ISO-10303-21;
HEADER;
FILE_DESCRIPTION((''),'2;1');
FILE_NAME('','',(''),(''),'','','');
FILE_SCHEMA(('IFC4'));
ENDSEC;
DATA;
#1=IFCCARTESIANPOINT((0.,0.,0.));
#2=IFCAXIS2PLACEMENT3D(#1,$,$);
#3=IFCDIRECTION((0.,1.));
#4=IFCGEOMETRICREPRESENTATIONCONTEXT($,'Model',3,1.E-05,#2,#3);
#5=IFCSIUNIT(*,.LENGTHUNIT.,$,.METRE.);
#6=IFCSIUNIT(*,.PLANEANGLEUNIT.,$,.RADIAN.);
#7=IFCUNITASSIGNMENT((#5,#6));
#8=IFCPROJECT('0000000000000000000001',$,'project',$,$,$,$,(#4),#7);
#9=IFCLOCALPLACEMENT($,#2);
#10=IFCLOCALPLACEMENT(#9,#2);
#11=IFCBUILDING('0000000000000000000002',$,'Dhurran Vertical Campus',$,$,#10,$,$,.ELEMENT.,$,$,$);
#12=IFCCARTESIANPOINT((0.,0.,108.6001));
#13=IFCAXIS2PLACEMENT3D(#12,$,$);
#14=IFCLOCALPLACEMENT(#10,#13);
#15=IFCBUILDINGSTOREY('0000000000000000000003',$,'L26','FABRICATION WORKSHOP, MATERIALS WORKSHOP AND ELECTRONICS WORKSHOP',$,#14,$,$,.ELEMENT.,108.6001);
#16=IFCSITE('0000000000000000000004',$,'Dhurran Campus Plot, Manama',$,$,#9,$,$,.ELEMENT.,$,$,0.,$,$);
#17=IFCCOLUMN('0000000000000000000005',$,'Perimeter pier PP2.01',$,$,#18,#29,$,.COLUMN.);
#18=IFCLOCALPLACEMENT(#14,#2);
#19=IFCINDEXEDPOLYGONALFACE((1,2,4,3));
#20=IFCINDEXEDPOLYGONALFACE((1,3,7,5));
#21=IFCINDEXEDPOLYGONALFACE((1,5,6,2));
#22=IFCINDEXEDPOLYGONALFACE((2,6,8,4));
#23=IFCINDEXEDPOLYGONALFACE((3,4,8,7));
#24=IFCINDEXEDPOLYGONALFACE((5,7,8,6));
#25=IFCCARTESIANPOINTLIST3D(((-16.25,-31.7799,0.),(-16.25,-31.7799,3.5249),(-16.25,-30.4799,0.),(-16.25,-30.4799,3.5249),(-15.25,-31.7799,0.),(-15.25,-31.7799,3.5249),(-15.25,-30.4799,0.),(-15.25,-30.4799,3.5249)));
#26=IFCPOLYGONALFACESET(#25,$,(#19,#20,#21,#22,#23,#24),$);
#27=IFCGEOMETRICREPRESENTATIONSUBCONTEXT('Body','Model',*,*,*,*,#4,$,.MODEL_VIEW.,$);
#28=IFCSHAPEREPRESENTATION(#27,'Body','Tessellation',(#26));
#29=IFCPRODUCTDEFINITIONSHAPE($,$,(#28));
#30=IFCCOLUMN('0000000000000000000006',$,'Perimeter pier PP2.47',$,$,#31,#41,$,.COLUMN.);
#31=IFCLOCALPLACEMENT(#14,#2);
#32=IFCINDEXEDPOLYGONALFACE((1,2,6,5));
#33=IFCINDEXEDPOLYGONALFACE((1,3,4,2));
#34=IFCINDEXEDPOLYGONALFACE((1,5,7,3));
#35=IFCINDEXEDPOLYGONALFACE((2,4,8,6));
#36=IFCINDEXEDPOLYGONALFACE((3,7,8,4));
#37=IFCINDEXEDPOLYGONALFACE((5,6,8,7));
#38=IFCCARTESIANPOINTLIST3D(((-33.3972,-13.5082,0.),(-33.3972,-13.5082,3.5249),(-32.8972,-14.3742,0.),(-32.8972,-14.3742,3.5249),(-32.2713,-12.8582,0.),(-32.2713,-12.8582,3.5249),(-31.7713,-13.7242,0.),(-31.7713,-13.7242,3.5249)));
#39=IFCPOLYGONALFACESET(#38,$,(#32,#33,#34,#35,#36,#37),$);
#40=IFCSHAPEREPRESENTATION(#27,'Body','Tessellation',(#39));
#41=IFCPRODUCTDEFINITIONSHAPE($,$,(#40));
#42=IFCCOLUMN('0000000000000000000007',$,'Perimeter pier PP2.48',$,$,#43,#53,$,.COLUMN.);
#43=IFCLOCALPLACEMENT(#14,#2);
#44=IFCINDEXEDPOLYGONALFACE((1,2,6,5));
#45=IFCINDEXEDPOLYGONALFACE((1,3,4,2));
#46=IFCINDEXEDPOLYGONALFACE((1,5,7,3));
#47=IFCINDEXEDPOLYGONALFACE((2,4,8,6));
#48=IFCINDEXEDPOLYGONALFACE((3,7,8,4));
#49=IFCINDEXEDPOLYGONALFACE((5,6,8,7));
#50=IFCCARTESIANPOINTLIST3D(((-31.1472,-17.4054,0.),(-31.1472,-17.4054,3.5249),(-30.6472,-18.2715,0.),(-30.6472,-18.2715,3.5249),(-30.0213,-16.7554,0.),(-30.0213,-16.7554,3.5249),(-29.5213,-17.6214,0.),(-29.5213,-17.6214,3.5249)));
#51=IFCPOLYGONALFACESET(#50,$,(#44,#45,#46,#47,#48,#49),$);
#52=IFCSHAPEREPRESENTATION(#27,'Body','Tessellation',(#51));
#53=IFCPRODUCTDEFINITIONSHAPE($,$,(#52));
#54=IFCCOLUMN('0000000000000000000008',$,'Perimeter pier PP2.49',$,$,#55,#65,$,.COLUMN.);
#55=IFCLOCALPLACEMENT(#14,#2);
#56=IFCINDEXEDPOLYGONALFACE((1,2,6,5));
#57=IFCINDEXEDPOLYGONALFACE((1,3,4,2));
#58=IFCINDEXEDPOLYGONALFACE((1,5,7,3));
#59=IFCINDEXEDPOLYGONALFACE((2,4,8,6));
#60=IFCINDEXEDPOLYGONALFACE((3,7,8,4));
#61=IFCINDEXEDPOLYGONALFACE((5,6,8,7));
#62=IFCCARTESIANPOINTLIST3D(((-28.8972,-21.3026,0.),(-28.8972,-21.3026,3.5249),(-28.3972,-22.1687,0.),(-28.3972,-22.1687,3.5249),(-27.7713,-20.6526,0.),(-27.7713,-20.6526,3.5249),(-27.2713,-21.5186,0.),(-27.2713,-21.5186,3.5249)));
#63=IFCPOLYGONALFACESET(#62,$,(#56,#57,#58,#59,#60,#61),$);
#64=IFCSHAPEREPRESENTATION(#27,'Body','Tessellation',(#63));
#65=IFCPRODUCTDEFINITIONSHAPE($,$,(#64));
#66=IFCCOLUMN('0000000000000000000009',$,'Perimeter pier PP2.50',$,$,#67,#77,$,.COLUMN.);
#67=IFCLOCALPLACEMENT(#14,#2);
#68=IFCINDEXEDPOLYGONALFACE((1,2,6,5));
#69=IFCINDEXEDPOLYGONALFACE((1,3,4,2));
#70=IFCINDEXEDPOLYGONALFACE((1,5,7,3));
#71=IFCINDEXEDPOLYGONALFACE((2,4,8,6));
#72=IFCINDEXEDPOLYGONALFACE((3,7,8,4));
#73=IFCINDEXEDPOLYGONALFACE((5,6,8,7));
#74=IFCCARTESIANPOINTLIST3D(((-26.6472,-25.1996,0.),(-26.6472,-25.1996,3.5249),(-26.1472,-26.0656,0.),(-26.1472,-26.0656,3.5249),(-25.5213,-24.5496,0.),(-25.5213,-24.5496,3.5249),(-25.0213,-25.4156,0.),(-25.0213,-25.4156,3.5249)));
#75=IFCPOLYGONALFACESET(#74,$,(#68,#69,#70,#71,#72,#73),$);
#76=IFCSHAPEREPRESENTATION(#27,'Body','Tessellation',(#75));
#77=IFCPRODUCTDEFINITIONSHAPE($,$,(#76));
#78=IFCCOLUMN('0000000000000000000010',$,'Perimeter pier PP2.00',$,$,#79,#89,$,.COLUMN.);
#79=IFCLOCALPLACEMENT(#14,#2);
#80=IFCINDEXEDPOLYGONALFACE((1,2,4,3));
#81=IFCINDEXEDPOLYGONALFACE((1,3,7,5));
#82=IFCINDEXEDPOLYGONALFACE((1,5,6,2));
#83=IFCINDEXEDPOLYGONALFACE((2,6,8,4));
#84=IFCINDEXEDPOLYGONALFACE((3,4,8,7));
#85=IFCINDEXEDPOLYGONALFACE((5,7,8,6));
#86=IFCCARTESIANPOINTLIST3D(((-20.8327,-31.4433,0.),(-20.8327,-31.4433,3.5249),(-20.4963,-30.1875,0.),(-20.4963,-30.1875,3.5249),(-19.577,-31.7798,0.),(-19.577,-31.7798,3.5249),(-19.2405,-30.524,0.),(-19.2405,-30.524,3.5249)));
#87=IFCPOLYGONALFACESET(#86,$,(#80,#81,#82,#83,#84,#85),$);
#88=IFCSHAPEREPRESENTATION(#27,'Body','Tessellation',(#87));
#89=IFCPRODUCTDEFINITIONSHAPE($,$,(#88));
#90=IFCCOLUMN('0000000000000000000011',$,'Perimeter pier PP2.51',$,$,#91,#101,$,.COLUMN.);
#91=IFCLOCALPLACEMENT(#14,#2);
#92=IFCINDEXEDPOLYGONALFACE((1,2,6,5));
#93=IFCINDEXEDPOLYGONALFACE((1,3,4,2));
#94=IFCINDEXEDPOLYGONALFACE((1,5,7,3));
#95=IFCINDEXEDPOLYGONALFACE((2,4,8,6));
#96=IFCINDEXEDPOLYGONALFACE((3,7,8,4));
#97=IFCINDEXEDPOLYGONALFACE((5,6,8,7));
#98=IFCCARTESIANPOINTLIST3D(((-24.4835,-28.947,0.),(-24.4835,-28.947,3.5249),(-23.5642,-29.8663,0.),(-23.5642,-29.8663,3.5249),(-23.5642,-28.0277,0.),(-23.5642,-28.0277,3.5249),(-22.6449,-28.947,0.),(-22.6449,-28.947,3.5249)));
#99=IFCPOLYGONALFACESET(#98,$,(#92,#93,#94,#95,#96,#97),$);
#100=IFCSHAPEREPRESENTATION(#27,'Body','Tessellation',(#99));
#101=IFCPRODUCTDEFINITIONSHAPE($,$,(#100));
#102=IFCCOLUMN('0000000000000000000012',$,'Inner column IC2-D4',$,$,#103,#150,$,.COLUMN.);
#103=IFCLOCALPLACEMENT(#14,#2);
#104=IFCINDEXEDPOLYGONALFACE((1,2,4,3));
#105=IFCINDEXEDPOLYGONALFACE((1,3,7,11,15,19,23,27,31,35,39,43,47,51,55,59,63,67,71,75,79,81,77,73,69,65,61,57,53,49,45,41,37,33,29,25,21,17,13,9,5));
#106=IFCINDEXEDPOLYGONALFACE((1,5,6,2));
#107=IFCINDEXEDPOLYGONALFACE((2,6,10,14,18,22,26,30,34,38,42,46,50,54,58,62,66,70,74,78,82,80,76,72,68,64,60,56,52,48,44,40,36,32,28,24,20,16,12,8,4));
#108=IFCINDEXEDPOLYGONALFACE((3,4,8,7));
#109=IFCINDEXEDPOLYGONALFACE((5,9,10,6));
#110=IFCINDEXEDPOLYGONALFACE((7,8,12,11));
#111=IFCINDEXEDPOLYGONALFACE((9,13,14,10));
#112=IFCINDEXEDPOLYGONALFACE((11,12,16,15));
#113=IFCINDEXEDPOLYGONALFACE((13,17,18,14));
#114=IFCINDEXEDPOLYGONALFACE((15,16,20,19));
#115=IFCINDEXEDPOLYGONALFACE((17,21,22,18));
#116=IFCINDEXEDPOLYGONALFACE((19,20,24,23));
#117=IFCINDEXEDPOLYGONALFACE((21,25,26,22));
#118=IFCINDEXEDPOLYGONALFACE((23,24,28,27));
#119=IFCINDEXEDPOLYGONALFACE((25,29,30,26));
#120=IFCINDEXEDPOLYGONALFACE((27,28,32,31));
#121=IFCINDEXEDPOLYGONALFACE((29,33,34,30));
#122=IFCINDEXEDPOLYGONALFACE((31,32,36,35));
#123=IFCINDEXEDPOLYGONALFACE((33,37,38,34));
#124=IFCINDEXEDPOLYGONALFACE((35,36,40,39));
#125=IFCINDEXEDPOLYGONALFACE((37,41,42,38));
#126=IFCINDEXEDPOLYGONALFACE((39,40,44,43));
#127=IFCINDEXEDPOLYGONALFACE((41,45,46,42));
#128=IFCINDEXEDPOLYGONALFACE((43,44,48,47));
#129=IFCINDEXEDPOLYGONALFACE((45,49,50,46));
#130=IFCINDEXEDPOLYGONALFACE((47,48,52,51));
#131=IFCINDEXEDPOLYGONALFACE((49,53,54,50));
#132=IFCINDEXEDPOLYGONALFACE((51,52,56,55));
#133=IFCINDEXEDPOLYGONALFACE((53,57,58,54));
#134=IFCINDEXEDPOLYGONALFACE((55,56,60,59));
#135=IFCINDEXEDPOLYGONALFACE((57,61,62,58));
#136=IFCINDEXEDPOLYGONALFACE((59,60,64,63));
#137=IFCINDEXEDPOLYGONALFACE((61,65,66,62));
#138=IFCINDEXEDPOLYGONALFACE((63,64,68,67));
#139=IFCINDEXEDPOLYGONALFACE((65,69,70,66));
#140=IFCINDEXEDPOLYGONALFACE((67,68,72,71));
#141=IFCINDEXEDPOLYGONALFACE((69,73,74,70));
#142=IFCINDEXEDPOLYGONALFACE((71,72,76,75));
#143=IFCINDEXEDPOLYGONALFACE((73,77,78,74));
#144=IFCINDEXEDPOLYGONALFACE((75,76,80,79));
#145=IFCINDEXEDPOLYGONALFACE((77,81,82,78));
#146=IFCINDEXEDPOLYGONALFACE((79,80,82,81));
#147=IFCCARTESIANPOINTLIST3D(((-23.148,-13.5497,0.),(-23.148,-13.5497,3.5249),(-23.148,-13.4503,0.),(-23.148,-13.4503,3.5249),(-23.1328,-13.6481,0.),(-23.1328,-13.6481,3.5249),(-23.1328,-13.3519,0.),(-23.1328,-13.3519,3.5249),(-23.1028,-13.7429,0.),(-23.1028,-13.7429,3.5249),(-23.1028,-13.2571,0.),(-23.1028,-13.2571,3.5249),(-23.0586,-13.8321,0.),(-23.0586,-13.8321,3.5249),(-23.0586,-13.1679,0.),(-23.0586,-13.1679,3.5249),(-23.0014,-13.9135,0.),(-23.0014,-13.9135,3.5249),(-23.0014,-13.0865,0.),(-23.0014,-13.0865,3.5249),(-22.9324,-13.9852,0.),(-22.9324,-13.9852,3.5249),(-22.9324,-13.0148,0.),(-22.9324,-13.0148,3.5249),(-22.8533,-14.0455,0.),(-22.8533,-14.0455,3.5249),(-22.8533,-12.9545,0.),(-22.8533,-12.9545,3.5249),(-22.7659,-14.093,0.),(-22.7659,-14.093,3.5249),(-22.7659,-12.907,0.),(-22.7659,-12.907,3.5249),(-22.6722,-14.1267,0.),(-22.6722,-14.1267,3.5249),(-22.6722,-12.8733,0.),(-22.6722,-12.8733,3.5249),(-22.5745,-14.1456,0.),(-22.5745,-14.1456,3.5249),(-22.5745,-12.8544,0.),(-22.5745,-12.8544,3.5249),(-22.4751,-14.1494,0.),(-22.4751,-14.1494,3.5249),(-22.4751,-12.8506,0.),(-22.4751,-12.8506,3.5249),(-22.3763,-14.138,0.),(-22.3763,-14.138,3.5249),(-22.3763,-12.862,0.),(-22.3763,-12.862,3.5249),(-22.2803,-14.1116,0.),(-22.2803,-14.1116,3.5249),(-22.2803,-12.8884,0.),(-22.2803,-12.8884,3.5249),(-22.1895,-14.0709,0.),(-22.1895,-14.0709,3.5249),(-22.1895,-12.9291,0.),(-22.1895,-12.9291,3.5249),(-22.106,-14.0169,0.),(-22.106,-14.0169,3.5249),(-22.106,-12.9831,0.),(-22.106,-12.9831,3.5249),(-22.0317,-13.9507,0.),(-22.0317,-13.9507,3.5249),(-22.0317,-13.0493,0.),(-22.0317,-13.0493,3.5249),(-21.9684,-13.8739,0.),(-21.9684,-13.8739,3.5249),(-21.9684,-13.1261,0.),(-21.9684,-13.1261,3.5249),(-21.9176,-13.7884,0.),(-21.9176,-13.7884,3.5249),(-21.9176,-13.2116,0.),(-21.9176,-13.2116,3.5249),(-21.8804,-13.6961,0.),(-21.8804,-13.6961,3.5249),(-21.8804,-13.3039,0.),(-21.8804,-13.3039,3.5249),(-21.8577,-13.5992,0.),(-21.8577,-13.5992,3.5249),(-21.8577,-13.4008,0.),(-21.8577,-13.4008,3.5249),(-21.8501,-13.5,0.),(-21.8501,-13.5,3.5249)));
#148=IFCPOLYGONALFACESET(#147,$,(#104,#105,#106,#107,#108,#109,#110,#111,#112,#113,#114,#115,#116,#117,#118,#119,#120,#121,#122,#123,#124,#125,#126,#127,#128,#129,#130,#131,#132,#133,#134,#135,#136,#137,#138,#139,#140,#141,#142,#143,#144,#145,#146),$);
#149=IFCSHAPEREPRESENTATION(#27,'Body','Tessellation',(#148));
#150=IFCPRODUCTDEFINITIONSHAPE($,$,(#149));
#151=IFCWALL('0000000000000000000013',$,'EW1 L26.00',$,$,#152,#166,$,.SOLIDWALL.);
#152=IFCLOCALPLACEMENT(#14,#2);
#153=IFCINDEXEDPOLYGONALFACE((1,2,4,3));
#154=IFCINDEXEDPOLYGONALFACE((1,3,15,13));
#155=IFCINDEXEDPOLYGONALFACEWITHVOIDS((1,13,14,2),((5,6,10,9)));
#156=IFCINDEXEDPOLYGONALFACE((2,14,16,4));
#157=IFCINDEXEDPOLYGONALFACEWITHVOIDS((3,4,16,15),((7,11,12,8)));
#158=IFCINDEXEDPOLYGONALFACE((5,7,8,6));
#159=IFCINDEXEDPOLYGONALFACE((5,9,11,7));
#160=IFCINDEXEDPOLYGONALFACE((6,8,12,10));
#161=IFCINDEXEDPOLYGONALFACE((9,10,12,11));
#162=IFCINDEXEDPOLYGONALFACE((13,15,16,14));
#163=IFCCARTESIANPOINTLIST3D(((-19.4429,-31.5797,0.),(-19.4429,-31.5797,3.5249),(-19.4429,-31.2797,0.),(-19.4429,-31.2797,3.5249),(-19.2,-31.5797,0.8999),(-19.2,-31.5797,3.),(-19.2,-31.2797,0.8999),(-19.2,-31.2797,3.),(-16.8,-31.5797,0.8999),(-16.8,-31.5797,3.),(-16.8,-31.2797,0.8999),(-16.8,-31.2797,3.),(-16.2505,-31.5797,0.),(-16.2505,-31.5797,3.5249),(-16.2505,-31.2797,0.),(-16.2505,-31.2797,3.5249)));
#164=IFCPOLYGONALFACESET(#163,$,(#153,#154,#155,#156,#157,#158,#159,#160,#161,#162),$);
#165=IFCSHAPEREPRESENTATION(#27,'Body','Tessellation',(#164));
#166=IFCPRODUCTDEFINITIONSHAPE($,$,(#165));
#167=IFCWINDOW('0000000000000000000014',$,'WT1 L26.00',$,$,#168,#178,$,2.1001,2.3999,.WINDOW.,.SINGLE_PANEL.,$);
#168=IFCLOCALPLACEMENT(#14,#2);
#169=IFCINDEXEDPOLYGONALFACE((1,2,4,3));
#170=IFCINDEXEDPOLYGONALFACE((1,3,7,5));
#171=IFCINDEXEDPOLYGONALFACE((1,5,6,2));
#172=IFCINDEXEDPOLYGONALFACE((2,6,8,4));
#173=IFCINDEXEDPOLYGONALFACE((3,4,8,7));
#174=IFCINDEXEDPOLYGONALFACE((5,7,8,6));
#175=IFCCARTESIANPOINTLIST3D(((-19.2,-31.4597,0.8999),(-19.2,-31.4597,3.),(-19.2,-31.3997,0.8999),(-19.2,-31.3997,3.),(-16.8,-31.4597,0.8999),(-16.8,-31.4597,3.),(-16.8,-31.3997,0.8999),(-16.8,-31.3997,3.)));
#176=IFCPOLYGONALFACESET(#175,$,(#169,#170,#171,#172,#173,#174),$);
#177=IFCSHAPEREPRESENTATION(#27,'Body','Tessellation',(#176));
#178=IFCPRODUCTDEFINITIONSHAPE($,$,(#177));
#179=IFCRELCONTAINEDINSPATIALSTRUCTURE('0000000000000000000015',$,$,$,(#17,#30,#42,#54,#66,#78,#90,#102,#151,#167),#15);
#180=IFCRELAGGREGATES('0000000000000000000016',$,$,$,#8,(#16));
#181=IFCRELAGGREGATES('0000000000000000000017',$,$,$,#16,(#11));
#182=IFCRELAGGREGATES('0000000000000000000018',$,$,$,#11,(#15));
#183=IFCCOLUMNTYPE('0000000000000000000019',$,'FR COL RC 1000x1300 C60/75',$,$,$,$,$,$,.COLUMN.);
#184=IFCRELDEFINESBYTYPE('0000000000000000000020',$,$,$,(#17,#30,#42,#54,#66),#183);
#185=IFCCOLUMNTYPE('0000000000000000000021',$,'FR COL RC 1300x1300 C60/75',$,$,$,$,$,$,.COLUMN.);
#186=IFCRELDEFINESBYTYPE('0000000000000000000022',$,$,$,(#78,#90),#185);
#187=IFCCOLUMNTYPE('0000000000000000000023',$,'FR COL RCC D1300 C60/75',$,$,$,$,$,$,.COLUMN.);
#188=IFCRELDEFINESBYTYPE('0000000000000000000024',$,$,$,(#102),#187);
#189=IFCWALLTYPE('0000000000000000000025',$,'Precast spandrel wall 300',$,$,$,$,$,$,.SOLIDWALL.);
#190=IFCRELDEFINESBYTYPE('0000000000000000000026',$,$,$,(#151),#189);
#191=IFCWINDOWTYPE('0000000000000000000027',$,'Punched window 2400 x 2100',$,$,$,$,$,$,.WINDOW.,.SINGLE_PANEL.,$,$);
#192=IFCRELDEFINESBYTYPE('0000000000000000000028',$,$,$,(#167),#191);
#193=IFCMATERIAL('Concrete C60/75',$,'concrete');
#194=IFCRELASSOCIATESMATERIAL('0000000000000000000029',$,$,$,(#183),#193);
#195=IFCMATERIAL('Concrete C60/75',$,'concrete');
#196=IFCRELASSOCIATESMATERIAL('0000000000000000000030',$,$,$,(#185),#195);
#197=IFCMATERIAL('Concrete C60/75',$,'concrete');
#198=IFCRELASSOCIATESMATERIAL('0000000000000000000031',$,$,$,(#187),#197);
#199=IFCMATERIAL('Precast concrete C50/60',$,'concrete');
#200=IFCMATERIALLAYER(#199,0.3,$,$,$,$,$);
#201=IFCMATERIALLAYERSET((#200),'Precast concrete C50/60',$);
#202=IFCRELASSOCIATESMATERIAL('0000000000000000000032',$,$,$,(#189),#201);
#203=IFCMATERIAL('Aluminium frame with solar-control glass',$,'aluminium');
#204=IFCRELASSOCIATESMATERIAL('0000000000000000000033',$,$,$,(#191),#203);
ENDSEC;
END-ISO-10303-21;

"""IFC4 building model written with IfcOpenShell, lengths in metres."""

from ifc_helpers import new_model, si_unit, direction, frame, frame_2d, origin, origin_2d, place, context, subcontext, project, spatial, rectangle, circle, extrude, material, layer, layer_set, material_profile, profile_set, type_object, element, fill, save


model = new_model("IFC4")

# Units and contexts
model_context = context("Model", 3, precision=1e-05, world=origin(), true_north=direction((0.0, 1.0)))
body_context = subcontext(model_context, "Body", "Model", "MODEL_VIEW")
ifc_project = project(units=[si_unit("LENGTHUNIT", "METRE"), si_unit("PLANEANGLEUNIT", "RADIAN")], contexts=[model_context])

# Site, building, storey
site_placement = place(None, origin())
site = spatial("IfcSite", under=ifc_project, at=site_placement, Name="Dhurran Campus Plot, Manama", CompositionType="ELEMENT", RefElevation=0.0)
building_placement = place(site_placement, origin())
building = spatial("IfcBuilding", under=site, at=building_placement, Name="Dhurran Vertical Campus", CompositionType="ELEMENT")
storey_placement = place(building_placement, frame((0.0, 0.0, 108.6001)))
storey = spatial("IfcBuildingStorey", under=building, at=storey_placement, Name="L26", Description="FABRICATION WORKSHOP, MATERIALS WORKSHOP AND ELECTRONICS WORKSHOP", CompositionType="ELEMENT", Elevation=108.6001)

# Columns
ifc_material_1 = material(Name="Concrete C60/75", Category="concrete")
ifc_material_profile_1 = material_profile(ifc_material_1, rectangle(XDim=1.0, YDim=1.3, at=origin_2d()), Name="RC 1000x1300")
ifc_profile_set_1 = profile_set([ifc_material_profile_1], Name="Concrete C60/75")
column_type_1 = type_object("IfcColumnType", Name="FR COL RC 1000x1300 C60/75", PredefinedType="COLUMN", material=ifc_profile_set_1)
for number, where, z_axis, x_axis, name in (
    (1, (-15.75, -31.1299, 0.0), (0.0, 0.0, 1.0), (1.0, 0.0, 0.0), "Perimeter pier PP2.01"),
    (2, (-32.5842, -13.6162, 0.0), (0.0, 0.0, 1.0), (0.5, -0.866025, 0.0), "Perimeter pier PP2.47"),
    (3, (-30.3342, -17.5134, 0.0), (0.0, 0.0, 1.0), (0.5, -0.866025, 0.0), "Perimeter pier PP2.48"),
    (4, (-28.0842, -21.4106, 0.0), (0.0, 0.0, 1.0), (0.5, -0.866025, 0.0), "Perimeter pier PP2.49"),
    (5, (-25.8342, -25.3076, 0.0), (0.0, 0.0, 1.0), (0.5, -0.866025, 0.0), "Perimeter pier PP2.50"),
):
    element("IfcColumn", number, at=place(storey_placement, frame(where, z_axis=z_axis, x_axis=x_axis)), inside=storey, type_object=column_type_1, Name=name, PredefinedType="COLUMN", context=body_context, shape_type="SweptSolid", body=[
        extrude(rectangle(XDim=1.0, YDim=1.3, at=origin_2d()), origin(), (0.0, 0.0, 1.0), 3.5249),
    ])
ifc_material_2 = material(Name="Concrete C60/75", Category="concrete")
ifc_material_profile_2 = material_profile(ifc_material_2, rectangle(XDim=1.3, YDim=1.3, at=origin_2d()), Name="RC 1300x1300")
ifc_profile_set_2 = profile_set([ifc_material_profile_2], Name="Concrete C60/75")
column_type_2 = type_object("IfcColumnType", Name="FR COL RC 1300x1300 C60/75", PredefinedType="COLUMN", material=ifc_profile_set_2)
for number, where, z_axis, x_axis, name in (
    (6, (-20.0366, -30.9836, 0.0), (0.0, 0.0, 1.0), (0.965926, -0.258819, 0.0), "Perimeter pier PP2.00"),
    (7, (-23.5642, -28.947, 0.0), (0.0, 0.0, 1.0), (0.707107, -0.707107, 0.0), "Perimeter pier PP2.51"),
):
    element("IfcColumn", number, at=place(storey_placement, frame(where, z_axis=z_axis, x_axis=x_axis)), inside=storey, type_object=column_type_2, Name=name, PredefinedType="COLUMN", context=body_context, shape_type="SweptSolid", body=[
        extrude(rectangle(XDim=1.3, YDim=1.3, at=origin_2d()), origin(), (0.0, 0.0, 1.0), 3.5249),
    ])
ifc_material_3 = material(Name="Concrete C60/75", Category="concrete")
ifc_material_profile_3 = material_profile(ifc_material_3, circle(Radius=0.6499, at=origin_2d()), Name="RCC D1300")
ifc_profile_set_3 = profile_set([ifc_material_profile_3], Name="Concrete C60/75")
column_type_3 = type_object("IfcColumnType", Name="FR COL RCC D1300 C60/75", PredefinedType="COLUMN", material=ifc_profile_set_3)
column_placement = place(storey_placement, frame((-22.5, -13.5, 0.0), z_axis=(0.0, 0.0, 1.0), x_axis=(1.0, 0.0, 0.0)))
element("IfcColumn", 8, at=column_placement, inside=storey, type_object=column_type_3, Name="Inner column IC2-D4", PredefinedType="COLUMN", context=body_context, shape_type="SweptSolid", body=[
    extrude(circle(Radius=0.6499, at=origin_2d()), origin(), (0.0, 0.0, 1.0), 3.5249),
])

# Wall, opening, window
ifc_material_4 = material(Name="Precast concrete C50/60", Category="concrete")
ifc_layer_1 = layer(ifc_material_4, 0.3)
ifc_layer_set_1 = layer_set([ifc_layer_1], Name="Precast concrete C50/60")
wall_type_1 = type_object("IfcWallType", Name="Precast spandrel wall 300", PredefinedType="SOLIDWALL", material=ifc_layer_set_1)
wall_1_placement = place(storey_placement, frame((-19.4429, -31.4297, 0.0), z_axis=(0.0, 0.0, 1.0), x_axis=(1.0, 0.0, 0.0)))
wall_1 = element("IfcWall", 9, at=wall_1_placement, inside=storey, type_object=wall_type_1, Name="EW1 L26.00", PredefinedType="SOLIDWALL", context=body_context, shape_type="SweptSolid", body=[
    extrude(rectangle(XDim=3.1924, YDim=0.3, at=frame_2d((1.5962, 0.0))), origin(), (0.0, 0.0, 1.0), 3.5249),
])
opening_1_placement = place(wall_1_placement, frame((0.2429, 0.0, 0.8999)))
opening_1 = element("IfcOpeningElement", 10, at=opening_1_placement, cuts=wall_1, PredefinedType="OPENING", context=body_context, shape_type="SweptSolid", body=[
    extrude(rectangle(XDim=2.3999, YDim=2.1001, at=frame_2d((1.2, 1.05))), frame((0.0, 0.1599, 0.0), z_axis=(0.0, -1.0, 0.0), x_axis=(1.0, 0.0, 0.0)), (0.0, 0.0, 1.0), 0.3201),
])
ifc_material_5 = material(Name="Aluminium frame with solar-control glass", Category="aluminium")
window_type = type_object("IfcWindowType", Name="Punched window 2400 x 2100", PartitioningType="SINGLE_PANEL", PredefinedType="WINDOW", material=ifc_material_5)
window_1_placement = place(opening_1_placement, origin())
window_1 = element("IfcWindow", 11, at=window_1_placement, inside=storey, type_object=window_type, Name="WT1 L26.00", OverallHeight=2.1001, OverallWidth=2.3999, PartitioningType="SINGLE_PANEL", PredefinedType="WINDOW", context=body_context, shape_type="SweptSolid", body=[
    extrude(rectangle(XDim=2.3999, YDim=2.1001, at=frame_2d((1.2, 1.05))), frame((0.0, 0.03, 0.0), z_axis=(0.0, -1.0, 0.0), x_axis=(1.0, 0.0, 0.0)), (0.0, 0.0, 1.0), 0.0601),
])
fill(opening_1, window_1)

save(model, "model.ifc")
